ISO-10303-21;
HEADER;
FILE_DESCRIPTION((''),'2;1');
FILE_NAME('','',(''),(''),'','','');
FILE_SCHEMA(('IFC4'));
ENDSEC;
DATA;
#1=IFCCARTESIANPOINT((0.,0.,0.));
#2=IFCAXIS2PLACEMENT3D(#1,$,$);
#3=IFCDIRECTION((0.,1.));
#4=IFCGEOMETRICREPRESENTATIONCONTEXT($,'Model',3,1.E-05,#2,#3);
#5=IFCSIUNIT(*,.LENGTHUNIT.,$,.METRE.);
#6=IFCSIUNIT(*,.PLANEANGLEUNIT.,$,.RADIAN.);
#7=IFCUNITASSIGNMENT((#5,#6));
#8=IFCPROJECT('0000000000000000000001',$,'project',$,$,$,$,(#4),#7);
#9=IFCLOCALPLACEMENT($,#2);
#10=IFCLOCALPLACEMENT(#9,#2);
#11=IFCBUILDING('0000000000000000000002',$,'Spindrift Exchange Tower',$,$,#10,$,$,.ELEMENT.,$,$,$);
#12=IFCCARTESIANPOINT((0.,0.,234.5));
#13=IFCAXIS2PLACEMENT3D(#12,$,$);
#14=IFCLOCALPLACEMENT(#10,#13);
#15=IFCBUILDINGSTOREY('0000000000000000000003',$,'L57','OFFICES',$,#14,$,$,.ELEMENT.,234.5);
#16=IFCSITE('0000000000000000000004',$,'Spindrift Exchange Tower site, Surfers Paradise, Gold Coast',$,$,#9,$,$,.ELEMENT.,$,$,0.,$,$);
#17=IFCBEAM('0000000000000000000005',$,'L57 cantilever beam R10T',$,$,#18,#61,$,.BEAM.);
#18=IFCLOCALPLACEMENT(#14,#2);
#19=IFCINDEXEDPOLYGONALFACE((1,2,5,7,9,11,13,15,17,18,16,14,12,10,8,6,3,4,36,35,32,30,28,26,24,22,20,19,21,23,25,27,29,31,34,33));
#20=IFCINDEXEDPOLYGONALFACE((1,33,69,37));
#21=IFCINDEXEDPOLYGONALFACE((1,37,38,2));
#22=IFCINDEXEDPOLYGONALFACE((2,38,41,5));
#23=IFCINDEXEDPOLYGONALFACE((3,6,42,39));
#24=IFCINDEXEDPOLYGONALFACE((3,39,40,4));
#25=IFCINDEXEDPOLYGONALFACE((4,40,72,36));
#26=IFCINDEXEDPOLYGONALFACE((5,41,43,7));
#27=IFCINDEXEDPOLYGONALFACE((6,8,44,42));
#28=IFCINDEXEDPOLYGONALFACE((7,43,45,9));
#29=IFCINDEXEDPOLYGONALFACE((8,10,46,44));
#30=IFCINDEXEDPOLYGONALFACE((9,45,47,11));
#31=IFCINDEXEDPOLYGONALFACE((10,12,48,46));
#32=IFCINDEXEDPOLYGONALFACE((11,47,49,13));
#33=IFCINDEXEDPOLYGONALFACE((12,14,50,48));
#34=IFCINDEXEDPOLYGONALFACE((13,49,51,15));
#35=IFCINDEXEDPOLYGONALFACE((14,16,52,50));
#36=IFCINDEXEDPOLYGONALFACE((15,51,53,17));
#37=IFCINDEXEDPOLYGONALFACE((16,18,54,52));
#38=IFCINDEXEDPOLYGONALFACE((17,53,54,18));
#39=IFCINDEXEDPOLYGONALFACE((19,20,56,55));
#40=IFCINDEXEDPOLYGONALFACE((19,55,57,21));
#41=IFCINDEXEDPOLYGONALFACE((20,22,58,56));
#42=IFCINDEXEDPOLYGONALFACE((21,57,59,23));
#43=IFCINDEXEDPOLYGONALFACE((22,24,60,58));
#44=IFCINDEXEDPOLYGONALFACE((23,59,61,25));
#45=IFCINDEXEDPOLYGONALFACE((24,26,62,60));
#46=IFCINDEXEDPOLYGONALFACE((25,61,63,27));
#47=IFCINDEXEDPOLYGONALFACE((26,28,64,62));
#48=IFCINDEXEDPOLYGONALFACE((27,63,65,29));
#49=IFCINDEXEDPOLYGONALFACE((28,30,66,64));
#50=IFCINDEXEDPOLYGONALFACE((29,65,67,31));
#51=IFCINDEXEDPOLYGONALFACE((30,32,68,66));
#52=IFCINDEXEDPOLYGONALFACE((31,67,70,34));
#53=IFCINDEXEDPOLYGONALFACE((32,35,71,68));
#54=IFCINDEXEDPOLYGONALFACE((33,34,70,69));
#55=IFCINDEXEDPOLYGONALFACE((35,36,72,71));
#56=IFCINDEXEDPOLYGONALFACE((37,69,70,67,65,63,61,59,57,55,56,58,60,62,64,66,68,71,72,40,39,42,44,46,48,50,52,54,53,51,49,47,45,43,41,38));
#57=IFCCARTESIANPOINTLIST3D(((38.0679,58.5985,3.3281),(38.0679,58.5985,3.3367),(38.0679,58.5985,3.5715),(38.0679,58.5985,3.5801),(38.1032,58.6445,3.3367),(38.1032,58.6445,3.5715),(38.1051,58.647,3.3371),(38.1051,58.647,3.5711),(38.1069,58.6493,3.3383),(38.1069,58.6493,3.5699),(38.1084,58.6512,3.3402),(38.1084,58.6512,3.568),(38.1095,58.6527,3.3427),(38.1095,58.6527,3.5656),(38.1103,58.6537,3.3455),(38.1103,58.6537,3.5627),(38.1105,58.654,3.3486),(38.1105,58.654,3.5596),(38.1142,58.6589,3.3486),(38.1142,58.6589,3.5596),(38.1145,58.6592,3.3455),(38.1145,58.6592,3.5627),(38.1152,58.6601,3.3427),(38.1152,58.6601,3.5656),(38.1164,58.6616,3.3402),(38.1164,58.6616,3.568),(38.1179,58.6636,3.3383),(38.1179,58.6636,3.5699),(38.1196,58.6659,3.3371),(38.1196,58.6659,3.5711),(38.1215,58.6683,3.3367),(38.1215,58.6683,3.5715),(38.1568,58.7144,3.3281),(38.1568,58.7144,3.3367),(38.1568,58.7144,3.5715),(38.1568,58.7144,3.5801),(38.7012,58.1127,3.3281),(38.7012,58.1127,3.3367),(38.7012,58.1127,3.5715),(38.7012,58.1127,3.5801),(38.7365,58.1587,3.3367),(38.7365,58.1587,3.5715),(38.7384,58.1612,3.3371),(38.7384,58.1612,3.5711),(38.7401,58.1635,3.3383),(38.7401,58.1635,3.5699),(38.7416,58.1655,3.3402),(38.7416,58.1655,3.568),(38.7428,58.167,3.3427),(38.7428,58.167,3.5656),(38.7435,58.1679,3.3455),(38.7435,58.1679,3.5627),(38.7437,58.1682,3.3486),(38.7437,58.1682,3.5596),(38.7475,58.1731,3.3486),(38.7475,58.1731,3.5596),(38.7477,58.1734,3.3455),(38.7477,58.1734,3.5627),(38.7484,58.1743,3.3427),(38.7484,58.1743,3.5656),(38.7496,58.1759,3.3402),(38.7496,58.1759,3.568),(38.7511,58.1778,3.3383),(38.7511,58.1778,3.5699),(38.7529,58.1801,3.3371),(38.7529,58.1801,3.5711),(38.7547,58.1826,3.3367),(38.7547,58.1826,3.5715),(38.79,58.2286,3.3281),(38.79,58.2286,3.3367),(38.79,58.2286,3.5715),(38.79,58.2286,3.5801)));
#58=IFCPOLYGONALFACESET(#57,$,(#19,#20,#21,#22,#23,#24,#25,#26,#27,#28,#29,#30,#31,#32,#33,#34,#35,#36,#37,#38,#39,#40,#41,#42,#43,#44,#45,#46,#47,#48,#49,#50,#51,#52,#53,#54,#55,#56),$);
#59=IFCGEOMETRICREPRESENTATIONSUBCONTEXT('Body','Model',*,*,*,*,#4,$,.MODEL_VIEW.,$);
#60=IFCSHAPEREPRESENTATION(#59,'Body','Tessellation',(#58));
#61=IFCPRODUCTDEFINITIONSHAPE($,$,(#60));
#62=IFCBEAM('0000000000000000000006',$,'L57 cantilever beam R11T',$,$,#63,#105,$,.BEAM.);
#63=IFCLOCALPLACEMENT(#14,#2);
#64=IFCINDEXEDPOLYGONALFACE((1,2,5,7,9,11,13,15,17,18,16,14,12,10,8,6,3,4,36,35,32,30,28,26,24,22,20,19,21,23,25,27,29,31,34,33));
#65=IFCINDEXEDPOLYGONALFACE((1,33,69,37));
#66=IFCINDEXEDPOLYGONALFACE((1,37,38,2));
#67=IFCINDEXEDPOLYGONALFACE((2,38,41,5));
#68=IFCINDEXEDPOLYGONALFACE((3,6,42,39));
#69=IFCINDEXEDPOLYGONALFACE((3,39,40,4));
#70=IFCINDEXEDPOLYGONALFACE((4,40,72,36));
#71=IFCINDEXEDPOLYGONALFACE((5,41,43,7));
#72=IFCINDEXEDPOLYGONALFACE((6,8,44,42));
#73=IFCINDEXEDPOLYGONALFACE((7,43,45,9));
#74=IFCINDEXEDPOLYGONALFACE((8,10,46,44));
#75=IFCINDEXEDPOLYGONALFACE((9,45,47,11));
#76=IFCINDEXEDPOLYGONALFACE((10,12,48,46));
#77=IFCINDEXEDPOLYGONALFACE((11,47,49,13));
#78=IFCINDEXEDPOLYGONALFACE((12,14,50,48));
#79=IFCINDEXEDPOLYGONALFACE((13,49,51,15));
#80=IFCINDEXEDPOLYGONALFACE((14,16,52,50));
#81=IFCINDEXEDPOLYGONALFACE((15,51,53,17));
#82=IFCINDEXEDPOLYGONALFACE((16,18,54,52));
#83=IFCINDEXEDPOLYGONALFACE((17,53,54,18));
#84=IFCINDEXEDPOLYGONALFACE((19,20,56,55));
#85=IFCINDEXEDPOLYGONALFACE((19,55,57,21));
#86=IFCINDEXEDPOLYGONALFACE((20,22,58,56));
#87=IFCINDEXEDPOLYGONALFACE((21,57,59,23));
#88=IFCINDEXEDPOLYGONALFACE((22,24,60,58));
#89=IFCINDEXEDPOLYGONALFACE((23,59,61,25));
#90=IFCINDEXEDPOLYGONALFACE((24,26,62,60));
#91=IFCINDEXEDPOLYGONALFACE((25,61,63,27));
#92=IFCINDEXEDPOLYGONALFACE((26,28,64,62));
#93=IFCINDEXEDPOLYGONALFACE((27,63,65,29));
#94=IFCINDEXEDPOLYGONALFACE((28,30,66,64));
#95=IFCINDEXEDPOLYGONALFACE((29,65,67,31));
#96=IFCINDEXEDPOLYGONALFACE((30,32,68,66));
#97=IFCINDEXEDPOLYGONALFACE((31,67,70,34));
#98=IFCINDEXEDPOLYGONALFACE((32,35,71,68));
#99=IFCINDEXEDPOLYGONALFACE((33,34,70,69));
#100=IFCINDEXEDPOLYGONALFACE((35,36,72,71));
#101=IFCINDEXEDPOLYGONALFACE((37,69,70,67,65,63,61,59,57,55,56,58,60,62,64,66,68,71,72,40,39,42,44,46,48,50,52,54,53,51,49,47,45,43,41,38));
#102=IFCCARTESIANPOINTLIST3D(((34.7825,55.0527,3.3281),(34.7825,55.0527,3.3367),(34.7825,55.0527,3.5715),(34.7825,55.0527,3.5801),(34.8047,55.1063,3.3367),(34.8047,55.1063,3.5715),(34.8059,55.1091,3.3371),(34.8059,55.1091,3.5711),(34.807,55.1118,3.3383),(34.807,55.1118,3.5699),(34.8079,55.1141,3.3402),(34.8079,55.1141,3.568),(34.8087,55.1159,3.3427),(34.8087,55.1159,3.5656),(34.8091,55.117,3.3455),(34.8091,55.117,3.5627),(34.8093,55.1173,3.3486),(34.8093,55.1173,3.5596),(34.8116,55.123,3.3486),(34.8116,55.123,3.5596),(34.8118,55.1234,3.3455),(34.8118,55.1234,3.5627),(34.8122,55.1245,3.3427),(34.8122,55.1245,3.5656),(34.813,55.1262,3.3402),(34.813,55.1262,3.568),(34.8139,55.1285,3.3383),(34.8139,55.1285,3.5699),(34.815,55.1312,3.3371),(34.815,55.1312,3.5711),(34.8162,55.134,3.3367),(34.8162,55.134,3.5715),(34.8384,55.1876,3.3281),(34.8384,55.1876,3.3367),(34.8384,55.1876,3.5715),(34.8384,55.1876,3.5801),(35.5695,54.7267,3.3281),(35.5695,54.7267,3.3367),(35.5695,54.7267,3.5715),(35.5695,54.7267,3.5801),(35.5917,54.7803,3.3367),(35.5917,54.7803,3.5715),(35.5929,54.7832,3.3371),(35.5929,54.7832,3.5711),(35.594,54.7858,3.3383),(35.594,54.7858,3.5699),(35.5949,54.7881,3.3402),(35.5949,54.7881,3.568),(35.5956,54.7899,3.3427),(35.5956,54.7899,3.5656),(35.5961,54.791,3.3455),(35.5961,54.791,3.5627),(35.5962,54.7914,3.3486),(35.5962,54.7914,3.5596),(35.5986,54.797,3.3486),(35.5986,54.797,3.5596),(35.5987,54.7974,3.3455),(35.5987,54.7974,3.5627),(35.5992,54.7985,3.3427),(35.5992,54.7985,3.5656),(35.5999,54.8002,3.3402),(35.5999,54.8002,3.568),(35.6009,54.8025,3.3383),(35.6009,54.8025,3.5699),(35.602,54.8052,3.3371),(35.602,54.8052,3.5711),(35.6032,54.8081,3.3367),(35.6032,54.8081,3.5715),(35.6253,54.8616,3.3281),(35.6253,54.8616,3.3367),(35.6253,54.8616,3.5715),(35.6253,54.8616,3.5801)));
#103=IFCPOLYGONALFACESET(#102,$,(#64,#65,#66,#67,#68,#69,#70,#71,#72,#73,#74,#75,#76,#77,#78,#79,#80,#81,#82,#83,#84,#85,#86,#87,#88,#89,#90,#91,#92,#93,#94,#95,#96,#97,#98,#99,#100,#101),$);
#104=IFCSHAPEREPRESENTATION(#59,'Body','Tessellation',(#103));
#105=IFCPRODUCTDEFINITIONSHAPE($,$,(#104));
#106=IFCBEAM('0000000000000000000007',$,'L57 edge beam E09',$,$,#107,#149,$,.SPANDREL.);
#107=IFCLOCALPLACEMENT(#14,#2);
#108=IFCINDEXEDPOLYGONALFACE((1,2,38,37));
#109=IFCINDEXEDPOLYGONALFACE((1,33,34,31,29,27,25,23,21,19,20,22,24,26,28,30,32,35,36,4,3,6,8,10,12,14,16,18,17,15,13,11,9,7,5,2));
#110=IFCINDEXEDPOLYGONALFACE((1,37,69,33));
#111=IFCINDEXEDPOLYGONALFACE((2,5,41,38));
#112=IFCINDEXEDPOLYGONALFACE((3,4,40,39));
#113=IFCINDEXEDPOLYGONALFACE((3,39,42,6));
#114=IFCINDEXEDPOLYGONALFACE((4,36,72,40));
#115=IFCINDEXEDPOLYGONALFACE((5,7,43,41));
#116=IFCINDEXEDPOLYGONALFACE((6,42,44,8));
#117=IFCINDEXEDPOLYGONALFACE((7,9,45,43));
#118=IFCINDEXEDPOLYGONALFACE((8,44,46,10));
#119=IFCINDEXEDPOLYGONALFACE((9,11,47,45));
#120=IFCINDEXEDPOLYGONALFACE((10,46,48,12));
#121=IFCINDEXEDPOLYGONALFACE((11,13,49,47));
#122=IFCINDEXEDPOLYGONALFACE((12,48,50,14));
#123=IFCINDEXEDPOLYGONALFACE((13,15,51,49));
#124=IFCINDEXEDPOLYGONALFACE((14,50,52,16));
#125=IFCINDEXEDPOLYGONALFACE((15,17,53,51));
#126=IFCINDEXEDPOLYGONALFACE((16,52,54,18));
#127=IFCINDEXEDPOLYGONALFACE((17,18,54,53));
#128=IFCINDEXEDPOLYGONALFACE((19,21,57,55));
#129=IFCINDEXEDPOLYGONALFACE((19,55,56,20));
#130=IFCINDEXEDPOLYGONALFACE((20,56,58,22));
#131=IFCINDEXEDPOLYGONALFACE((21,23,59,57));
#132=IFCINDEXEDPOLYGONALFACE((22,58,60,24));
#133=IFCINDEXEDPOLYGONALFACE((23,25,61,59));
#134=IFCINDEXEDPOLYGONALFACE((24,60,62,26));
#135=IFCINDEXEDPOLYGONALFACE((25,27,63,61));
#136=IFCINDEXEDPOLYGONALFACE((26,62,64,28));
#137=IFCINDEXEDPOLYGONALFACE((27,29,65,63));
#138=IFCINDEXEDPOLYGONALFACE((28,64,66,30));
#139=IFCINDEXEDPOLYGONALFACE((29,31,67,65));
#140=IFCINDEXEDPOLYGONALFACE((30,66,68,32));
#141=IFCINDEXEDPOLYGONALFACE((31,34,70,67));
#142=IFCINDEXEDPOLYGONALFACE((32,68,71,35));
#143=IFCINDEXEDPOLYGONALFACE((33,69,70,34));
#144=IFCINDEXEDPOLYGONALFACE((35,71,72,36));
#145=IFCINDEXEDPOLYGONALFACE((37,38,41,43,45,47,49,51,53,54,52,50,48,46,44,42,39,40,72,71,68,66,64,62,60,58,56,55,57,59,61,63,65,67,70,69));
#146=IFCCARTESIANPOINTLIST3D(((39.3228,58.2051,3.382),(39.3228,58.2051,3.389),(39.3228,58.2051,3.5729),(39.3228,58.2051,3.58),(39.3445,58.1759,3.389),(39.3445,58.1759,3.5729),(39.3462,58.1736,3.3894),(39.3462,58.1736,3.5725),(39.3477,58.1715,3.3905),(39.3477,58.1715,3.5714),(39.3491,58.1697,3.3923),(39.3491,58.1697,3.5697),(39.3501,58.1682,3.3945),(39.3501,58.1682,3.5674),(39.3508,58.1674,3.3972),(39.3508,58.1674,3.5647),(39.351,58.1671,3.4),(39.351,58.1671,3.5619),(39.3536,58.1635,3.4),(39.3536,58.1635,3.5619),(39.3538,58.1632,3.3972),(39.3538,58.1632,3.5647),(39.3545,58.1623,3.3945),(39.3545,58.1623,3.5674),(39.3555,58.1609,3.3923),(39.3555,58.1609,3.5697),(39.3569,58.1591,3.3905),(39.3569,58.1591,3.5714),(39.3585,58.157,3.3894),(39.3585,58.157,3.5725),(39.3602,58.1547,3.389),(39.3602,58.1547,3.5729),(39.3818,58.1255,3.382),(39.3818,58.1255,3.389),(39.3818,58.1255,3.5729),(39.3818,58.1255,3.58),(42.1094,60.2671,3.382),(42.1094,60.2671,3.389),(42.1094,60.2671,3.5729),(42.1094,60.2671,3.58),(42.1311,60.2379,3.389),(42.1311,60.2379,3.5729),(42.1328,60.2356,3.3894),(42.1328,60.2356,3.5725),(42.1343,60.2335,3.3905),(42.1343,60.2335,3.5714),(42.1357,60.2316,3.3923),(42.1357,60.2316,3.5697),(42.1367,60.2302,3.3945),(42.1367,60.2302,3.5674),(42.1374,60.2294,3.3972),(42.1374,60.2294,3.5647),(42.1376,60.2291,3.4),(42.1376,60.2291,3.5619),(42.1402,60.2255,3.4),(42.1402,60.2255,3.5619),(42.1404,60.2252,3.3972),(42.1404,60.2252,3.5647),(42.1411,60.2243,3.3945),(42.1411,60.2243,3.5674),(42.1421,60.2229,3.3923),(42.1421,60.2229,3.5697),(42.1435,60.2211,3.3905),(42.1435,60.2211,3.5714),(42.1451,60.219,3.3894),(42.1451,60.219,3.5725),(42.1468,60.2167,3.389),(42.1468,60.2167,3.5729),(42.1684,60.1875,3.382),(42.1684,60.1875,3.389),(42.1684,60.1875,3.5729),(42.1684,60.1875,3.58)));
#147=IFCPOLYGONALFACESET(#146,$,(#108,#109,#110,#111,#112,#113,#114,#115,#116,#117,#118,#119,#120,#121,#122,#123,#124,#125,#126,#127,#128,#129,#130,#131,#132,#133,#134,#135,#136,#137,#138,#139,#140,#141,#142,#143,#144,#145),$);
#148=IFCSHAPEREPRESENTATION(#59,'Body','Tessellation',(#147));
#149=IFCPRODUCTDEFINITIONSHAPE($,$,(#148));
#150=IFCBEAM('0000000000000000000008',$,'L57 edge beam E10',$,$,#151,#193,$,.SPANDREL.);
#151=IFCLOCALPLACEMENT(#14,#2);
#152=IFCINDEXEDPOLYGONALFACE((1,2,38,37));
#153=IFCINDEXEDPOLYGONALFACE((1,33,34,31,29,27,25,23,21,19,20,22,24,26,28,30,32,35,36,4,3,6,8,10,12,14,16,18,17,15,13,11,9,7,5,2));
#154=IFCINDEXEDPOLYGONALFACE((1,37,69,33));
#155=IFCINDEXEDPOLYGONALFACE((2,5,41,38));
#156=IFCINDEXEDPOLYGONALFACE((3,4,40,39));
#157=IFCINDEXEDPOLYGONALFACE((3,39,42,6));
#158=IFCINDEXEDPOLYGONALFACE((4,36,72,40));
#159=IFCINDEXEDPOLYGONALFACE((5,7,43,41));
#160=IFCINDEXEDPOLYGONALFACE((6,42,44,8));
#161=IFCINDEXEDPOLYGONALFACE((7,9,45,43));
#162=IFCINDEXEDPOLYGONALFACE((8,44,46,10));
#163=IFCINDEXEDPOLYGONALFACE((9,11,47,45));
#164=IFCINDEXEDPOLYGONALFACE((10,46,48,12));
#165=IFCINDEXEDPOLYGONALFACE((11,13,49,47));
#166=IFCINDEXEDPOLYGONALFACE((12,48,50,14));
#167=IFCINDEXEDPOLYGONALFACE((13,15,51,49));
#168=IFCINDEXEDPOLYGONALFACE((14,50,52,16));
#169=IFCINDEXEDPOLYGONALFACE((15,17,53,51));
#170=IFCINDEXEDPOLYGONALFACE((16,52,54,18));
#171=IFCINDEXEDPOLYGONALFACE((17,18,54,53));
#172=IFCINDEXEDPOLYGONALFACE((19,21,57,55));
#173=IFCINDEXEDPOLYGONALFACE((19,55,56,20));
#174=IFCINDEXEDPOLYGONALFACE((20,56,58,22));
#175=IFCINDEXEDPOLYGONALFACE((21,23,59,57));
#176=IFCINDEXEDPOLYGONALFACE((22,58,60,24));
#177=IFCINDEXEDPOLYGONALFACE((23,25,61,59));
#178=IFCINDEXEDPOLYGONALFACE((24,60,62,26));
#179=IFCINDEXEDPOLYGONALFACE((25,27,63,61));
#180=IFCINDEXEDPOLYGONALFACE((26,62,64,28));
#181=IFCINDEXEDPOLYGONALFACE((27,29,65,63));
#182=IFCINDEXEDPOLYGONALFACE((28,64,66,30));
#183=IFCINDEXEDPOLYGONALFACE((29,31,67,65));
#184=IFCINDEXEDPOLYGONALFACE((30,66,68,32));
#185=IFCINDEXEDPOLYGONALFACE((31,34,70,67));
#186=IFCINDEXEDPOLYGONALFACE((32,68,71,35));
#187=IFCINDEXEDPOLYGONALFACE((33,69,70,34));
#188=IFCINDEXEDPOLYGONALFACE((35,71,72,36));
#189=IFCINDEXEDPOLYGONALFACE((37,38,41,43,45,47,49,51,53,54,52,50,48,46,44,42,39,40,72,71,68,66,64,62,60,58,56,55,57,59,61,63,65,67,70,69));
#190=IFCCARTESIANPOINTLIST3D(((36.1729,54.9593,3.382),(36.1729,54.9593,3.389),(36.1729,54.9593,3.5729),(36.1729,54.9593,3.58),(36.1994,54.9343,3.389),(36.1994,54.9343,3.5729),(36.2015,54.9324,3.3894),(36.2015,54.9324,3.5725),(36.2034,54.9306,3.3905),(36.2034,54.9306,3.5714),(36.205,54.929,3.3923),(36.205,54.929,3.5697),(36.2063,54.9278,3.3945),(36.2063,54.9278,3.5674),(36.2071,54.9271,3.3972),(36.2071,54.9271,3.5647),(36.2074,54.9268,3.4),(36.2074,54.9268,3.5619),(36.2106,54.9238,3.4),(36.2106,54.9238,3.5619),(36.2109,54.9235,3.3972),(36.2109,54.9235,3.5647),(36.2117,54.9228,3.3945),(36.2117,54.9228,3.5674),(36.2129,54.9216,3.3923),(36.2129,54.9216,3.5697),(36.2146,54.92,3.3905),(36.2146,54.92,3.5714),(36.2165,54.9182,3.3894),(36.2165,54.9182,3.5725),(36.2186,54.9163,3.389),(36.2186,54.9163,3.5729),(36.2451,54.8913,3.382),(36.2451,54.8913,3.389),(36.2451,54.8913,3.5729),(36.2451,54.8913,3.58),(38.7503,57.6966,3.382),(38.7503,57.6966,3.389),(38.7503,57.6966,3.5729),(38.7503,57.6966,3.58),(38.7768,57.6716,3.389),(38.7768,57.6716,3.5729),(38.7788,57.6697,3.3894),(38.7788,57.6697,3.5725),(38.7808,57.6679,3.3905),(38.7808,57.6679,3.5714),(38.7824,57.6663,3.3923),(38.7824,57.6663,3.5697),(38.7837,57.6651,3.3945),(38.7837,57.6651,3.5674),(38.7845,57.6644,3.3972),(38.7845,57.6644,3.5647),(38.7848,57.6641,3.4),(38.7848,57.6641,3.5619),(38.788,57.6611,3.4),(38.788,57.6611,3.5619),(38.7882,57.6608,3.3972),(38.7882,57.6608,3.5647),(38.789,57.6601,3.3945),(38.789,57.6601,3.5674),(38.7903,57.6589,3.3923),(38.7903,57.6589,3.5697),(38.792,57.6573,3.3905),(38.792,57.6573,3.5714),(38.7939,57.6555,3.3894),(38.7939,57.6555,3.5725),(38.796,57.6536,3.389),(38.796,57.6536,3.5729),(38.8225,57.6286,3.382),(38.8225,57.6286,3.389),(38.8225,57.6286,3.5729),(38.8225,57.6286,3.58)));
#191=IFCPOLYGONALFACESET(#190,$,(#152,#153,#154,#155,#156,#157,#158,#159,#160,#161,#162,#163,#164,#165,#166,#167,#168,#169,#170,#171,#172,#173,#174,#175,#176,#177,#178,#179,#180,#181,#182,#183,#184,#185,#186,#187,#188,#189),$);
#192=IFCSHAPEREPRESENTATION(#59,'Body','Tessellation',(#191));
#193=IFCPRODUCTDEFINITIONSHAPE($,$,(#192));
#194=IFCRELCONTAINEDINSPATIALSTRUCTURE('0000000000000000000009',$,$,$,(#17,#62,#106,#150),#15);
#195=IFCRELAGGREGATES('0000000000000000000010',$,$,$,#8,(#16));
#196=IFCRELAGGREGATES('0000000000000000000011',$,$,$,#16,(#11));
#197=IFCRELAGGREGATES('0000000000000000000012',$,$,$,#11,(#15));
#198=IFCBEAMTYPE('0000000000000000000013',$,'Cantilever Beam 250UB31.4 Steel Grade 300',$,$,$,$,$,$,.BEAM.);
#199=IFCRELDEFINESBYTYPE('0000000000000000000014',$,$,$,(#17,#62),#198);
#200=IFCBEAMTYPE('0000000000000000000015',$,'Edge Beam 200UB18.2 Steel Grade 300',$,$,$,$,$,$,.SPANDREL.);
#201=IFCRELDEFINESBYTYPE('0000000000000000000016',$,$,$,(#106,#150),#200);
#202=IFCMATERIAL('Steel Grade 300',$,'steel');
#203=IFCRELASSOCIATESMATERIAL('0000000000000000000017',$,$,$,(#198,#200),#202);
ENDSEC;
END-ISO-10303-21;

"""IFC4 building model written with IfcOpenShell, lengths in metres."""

from ifc_helpers import new_model, si_unit, direction, frame, origin, origin_2d, place, context, subcontext, project, spatial, i_section, extrude, source, transform, mapped, material, material_profile, profile_set, type_object, element, save


model = new_model("IFC4")

# Units and contexts
model_context = context("Model", 3, precision=1e-05, world=origin(), true_north=direction((0.0, 1.0)))
body_context = subcontext(model_context, "Body", "Model", "MODEL_VIEW")
ifc_project = project(units=[si_unit("LENGTHUNIT", "METRE"), si_unit("PLANEANGLEUNIT", "RADIAN")], contexts=[model_context])

# Site, building, storey
site_placement = place(None, origin())
site = spatial("IfcSite", under=ifc_project, at=site_placement, Name="Spindrift Exchange Tower site, Surfers Paradise, Gold Coast", CompositionType="ELEMENT", RefElevation=0.0)
building_placement = place(site_placement, origin())
building = spatial("IfcBuilding", under=site, at=building_placement, Name="Spindrift Exchange Tower", CompositionType="ELEMENT")
storey_placement = place(building_placement, frame((0.0, 0.0, 234.5)))
storey = spatial("IfcBuildingStorey", under=building, at=storey_placement, Name="L57", Description="OFFICES", CompositionType="ELEMENT", Elevation=234.5)

# Beams
ifc_material_1 = material(Name="Steel Grade 300", Category="steel")
ifc_material_profile_1 = material_profile(ifc_material_1, i_section(OverallWidth=0.146, OverallDepth=0.252, WebThickness=0.0061, FlangeThickness=0.0085, FilletRadius=0.012, at=origin_2d()), Name="250UB31.4")
ifc_profile_set_1 = profile_set([ifc_material_profile_1], Name="Steel Grade 300")
beam_type_1 = type_object("IfcBeamType", Name="Cantilever Beam 250UB31.4 Steel Grade 300", PredefinedType="BEAM", material=ifc_profile_set_1)
shared_shape_1 = source(origin(), body_context, "Body", "SweptSolid", [
    extrude(i_section(OverallWidth=0.146, OverallDepth=0.252, WebThickness=0.0061, FlangeThickness=0.0085, FilletRadius=0.012, at=origin_2d()), origin(), (0.0, 0.0, 1.0), 0.7981),
])
beam_1_placement = place(storey_placement, frame((38.7456, 58.1707, 3.4541), z_axis=(-0.793419, 0.608676, 0.0), x_axis=(-0.608676, -0.793419, 0.0)))
element("IfcBeam", 1, at=beam_1_placement, inside=storey, type_object=beam_type_1, Name="L57 cantilever beam R10T", PredefinedType="BEAM", context=body_context, shape_type="MappedRepresentation", body=[
    mapped(shared_shape_1, transform((0.0, 0.0, 0.0), scale=1.0)),
])
shared_shape_2 = source(origin(), body_context, "Body", "SweptSolid", [
    extrude(i_section(OverallWidth=0.146, OverallDepth=0.252, WebThickness=0.0061, FlangeThickness=0.0085, FilletRadius=0.012, at=origin_2d()), origin(), (0.0, 0.0, 1.0), 0.8518),
])
beam_2_placement = place(storey_placement, frame((35.5974, 54.7942, 3.4541), z_axis=(-0.923881, 0.382681, 0.0), x_axis=(-0.382681, -0.923881, 0.0)))
element("IfcBeam", 2, at=beam_2_placement, inside=storey, type_object=beam_type_1, Name="L57 cantilever beam R11T", PredefinedType="BEAM", context=body_context, shape_type="MappedRepresentation", body=[
    mapped(shared_shape_2, transform((0.0, 0.0, 0.0), scale=1.0)),
])
ifc_material_profile_2 = material_profile(ifc_material_1, i_section(OverallWidth=0.0991, OverallDepth=0.198, WebThickness=0.0044, FlangeThickness=0.0071, FilletRadius=0.011, at=origin_2d()), Name="200UB18.2")
ifc_profile_set_2 = profile_set([ifc_material_profile_2], Name="Steel Grade 300")
beam_type_2 = type_object("IfcBeamType", Name="Edge Beam 200UB18.2 Steel Grade 300", PredefinedType="SPANDREL", material=ifc_profile_set_2)
shared_shape_3 = source(origin(), body_context, "Body", "SweptSolid", [
    extrude(i_section(OverallWidth=0.0991, OverallDepth=0.198, WebThickness=0.0044, FlangeThickness=0.0071, FilletRadius=0.011, at=origin_2d()), origin(), (0.0, 0.0, 1.0), 3.4666),
])
beam_3_placement = place(storey_placement, frame((42.1389, 60.2273, 3.481), z_axis=(-0.803854, -0.594827, 0.0), x_axis=(0.594827, -0.803854, 0.0)))
element("IfcBeam", 3, at=beam_3_placement, inside=storey, type_object=beam_type_2, Name="L57 edge beam E09", PredefinedType="SPANDREL", context=body_context, shape_type="MappedRepresentation", body=[
    mapped(shared_shape_3, transform((0.0, 0.0, 0.0), scale=1.0)),
])
shared_shape_4 = source(origin(), body_context, "Body", "SweptSolid", [
    extrude(i_section(OverallWidth=0.0991, OverallDepth=0.198, WebThickness=0.0044, FlangeThickness=0.0071, FilletRadius=0.011, at=origin_2d()), origin(), (0.0, 0.0, 1.0), 3.7598),
])
beam_4_placement = place(storey_placement, frame((38.7864, 57.6626, 3.481), z_axis=(-0.685521, -0.728053, 0.0), x_axis=(0.728053, -0.685521, 0.0)))
element("IfcBeam", 4, at=beam_4_placement, inside=storey, type_object=beam_type_2, Name="L57 edge beam E10", PredefinedType="SPANDREL", context=body_context, shape_type="MappedRepresentation", body=[
    mapped(shared_shape_4, transform((0.0, 0.0, 0.0), scale=1.0)),
])

save(model, "model.ifc")
